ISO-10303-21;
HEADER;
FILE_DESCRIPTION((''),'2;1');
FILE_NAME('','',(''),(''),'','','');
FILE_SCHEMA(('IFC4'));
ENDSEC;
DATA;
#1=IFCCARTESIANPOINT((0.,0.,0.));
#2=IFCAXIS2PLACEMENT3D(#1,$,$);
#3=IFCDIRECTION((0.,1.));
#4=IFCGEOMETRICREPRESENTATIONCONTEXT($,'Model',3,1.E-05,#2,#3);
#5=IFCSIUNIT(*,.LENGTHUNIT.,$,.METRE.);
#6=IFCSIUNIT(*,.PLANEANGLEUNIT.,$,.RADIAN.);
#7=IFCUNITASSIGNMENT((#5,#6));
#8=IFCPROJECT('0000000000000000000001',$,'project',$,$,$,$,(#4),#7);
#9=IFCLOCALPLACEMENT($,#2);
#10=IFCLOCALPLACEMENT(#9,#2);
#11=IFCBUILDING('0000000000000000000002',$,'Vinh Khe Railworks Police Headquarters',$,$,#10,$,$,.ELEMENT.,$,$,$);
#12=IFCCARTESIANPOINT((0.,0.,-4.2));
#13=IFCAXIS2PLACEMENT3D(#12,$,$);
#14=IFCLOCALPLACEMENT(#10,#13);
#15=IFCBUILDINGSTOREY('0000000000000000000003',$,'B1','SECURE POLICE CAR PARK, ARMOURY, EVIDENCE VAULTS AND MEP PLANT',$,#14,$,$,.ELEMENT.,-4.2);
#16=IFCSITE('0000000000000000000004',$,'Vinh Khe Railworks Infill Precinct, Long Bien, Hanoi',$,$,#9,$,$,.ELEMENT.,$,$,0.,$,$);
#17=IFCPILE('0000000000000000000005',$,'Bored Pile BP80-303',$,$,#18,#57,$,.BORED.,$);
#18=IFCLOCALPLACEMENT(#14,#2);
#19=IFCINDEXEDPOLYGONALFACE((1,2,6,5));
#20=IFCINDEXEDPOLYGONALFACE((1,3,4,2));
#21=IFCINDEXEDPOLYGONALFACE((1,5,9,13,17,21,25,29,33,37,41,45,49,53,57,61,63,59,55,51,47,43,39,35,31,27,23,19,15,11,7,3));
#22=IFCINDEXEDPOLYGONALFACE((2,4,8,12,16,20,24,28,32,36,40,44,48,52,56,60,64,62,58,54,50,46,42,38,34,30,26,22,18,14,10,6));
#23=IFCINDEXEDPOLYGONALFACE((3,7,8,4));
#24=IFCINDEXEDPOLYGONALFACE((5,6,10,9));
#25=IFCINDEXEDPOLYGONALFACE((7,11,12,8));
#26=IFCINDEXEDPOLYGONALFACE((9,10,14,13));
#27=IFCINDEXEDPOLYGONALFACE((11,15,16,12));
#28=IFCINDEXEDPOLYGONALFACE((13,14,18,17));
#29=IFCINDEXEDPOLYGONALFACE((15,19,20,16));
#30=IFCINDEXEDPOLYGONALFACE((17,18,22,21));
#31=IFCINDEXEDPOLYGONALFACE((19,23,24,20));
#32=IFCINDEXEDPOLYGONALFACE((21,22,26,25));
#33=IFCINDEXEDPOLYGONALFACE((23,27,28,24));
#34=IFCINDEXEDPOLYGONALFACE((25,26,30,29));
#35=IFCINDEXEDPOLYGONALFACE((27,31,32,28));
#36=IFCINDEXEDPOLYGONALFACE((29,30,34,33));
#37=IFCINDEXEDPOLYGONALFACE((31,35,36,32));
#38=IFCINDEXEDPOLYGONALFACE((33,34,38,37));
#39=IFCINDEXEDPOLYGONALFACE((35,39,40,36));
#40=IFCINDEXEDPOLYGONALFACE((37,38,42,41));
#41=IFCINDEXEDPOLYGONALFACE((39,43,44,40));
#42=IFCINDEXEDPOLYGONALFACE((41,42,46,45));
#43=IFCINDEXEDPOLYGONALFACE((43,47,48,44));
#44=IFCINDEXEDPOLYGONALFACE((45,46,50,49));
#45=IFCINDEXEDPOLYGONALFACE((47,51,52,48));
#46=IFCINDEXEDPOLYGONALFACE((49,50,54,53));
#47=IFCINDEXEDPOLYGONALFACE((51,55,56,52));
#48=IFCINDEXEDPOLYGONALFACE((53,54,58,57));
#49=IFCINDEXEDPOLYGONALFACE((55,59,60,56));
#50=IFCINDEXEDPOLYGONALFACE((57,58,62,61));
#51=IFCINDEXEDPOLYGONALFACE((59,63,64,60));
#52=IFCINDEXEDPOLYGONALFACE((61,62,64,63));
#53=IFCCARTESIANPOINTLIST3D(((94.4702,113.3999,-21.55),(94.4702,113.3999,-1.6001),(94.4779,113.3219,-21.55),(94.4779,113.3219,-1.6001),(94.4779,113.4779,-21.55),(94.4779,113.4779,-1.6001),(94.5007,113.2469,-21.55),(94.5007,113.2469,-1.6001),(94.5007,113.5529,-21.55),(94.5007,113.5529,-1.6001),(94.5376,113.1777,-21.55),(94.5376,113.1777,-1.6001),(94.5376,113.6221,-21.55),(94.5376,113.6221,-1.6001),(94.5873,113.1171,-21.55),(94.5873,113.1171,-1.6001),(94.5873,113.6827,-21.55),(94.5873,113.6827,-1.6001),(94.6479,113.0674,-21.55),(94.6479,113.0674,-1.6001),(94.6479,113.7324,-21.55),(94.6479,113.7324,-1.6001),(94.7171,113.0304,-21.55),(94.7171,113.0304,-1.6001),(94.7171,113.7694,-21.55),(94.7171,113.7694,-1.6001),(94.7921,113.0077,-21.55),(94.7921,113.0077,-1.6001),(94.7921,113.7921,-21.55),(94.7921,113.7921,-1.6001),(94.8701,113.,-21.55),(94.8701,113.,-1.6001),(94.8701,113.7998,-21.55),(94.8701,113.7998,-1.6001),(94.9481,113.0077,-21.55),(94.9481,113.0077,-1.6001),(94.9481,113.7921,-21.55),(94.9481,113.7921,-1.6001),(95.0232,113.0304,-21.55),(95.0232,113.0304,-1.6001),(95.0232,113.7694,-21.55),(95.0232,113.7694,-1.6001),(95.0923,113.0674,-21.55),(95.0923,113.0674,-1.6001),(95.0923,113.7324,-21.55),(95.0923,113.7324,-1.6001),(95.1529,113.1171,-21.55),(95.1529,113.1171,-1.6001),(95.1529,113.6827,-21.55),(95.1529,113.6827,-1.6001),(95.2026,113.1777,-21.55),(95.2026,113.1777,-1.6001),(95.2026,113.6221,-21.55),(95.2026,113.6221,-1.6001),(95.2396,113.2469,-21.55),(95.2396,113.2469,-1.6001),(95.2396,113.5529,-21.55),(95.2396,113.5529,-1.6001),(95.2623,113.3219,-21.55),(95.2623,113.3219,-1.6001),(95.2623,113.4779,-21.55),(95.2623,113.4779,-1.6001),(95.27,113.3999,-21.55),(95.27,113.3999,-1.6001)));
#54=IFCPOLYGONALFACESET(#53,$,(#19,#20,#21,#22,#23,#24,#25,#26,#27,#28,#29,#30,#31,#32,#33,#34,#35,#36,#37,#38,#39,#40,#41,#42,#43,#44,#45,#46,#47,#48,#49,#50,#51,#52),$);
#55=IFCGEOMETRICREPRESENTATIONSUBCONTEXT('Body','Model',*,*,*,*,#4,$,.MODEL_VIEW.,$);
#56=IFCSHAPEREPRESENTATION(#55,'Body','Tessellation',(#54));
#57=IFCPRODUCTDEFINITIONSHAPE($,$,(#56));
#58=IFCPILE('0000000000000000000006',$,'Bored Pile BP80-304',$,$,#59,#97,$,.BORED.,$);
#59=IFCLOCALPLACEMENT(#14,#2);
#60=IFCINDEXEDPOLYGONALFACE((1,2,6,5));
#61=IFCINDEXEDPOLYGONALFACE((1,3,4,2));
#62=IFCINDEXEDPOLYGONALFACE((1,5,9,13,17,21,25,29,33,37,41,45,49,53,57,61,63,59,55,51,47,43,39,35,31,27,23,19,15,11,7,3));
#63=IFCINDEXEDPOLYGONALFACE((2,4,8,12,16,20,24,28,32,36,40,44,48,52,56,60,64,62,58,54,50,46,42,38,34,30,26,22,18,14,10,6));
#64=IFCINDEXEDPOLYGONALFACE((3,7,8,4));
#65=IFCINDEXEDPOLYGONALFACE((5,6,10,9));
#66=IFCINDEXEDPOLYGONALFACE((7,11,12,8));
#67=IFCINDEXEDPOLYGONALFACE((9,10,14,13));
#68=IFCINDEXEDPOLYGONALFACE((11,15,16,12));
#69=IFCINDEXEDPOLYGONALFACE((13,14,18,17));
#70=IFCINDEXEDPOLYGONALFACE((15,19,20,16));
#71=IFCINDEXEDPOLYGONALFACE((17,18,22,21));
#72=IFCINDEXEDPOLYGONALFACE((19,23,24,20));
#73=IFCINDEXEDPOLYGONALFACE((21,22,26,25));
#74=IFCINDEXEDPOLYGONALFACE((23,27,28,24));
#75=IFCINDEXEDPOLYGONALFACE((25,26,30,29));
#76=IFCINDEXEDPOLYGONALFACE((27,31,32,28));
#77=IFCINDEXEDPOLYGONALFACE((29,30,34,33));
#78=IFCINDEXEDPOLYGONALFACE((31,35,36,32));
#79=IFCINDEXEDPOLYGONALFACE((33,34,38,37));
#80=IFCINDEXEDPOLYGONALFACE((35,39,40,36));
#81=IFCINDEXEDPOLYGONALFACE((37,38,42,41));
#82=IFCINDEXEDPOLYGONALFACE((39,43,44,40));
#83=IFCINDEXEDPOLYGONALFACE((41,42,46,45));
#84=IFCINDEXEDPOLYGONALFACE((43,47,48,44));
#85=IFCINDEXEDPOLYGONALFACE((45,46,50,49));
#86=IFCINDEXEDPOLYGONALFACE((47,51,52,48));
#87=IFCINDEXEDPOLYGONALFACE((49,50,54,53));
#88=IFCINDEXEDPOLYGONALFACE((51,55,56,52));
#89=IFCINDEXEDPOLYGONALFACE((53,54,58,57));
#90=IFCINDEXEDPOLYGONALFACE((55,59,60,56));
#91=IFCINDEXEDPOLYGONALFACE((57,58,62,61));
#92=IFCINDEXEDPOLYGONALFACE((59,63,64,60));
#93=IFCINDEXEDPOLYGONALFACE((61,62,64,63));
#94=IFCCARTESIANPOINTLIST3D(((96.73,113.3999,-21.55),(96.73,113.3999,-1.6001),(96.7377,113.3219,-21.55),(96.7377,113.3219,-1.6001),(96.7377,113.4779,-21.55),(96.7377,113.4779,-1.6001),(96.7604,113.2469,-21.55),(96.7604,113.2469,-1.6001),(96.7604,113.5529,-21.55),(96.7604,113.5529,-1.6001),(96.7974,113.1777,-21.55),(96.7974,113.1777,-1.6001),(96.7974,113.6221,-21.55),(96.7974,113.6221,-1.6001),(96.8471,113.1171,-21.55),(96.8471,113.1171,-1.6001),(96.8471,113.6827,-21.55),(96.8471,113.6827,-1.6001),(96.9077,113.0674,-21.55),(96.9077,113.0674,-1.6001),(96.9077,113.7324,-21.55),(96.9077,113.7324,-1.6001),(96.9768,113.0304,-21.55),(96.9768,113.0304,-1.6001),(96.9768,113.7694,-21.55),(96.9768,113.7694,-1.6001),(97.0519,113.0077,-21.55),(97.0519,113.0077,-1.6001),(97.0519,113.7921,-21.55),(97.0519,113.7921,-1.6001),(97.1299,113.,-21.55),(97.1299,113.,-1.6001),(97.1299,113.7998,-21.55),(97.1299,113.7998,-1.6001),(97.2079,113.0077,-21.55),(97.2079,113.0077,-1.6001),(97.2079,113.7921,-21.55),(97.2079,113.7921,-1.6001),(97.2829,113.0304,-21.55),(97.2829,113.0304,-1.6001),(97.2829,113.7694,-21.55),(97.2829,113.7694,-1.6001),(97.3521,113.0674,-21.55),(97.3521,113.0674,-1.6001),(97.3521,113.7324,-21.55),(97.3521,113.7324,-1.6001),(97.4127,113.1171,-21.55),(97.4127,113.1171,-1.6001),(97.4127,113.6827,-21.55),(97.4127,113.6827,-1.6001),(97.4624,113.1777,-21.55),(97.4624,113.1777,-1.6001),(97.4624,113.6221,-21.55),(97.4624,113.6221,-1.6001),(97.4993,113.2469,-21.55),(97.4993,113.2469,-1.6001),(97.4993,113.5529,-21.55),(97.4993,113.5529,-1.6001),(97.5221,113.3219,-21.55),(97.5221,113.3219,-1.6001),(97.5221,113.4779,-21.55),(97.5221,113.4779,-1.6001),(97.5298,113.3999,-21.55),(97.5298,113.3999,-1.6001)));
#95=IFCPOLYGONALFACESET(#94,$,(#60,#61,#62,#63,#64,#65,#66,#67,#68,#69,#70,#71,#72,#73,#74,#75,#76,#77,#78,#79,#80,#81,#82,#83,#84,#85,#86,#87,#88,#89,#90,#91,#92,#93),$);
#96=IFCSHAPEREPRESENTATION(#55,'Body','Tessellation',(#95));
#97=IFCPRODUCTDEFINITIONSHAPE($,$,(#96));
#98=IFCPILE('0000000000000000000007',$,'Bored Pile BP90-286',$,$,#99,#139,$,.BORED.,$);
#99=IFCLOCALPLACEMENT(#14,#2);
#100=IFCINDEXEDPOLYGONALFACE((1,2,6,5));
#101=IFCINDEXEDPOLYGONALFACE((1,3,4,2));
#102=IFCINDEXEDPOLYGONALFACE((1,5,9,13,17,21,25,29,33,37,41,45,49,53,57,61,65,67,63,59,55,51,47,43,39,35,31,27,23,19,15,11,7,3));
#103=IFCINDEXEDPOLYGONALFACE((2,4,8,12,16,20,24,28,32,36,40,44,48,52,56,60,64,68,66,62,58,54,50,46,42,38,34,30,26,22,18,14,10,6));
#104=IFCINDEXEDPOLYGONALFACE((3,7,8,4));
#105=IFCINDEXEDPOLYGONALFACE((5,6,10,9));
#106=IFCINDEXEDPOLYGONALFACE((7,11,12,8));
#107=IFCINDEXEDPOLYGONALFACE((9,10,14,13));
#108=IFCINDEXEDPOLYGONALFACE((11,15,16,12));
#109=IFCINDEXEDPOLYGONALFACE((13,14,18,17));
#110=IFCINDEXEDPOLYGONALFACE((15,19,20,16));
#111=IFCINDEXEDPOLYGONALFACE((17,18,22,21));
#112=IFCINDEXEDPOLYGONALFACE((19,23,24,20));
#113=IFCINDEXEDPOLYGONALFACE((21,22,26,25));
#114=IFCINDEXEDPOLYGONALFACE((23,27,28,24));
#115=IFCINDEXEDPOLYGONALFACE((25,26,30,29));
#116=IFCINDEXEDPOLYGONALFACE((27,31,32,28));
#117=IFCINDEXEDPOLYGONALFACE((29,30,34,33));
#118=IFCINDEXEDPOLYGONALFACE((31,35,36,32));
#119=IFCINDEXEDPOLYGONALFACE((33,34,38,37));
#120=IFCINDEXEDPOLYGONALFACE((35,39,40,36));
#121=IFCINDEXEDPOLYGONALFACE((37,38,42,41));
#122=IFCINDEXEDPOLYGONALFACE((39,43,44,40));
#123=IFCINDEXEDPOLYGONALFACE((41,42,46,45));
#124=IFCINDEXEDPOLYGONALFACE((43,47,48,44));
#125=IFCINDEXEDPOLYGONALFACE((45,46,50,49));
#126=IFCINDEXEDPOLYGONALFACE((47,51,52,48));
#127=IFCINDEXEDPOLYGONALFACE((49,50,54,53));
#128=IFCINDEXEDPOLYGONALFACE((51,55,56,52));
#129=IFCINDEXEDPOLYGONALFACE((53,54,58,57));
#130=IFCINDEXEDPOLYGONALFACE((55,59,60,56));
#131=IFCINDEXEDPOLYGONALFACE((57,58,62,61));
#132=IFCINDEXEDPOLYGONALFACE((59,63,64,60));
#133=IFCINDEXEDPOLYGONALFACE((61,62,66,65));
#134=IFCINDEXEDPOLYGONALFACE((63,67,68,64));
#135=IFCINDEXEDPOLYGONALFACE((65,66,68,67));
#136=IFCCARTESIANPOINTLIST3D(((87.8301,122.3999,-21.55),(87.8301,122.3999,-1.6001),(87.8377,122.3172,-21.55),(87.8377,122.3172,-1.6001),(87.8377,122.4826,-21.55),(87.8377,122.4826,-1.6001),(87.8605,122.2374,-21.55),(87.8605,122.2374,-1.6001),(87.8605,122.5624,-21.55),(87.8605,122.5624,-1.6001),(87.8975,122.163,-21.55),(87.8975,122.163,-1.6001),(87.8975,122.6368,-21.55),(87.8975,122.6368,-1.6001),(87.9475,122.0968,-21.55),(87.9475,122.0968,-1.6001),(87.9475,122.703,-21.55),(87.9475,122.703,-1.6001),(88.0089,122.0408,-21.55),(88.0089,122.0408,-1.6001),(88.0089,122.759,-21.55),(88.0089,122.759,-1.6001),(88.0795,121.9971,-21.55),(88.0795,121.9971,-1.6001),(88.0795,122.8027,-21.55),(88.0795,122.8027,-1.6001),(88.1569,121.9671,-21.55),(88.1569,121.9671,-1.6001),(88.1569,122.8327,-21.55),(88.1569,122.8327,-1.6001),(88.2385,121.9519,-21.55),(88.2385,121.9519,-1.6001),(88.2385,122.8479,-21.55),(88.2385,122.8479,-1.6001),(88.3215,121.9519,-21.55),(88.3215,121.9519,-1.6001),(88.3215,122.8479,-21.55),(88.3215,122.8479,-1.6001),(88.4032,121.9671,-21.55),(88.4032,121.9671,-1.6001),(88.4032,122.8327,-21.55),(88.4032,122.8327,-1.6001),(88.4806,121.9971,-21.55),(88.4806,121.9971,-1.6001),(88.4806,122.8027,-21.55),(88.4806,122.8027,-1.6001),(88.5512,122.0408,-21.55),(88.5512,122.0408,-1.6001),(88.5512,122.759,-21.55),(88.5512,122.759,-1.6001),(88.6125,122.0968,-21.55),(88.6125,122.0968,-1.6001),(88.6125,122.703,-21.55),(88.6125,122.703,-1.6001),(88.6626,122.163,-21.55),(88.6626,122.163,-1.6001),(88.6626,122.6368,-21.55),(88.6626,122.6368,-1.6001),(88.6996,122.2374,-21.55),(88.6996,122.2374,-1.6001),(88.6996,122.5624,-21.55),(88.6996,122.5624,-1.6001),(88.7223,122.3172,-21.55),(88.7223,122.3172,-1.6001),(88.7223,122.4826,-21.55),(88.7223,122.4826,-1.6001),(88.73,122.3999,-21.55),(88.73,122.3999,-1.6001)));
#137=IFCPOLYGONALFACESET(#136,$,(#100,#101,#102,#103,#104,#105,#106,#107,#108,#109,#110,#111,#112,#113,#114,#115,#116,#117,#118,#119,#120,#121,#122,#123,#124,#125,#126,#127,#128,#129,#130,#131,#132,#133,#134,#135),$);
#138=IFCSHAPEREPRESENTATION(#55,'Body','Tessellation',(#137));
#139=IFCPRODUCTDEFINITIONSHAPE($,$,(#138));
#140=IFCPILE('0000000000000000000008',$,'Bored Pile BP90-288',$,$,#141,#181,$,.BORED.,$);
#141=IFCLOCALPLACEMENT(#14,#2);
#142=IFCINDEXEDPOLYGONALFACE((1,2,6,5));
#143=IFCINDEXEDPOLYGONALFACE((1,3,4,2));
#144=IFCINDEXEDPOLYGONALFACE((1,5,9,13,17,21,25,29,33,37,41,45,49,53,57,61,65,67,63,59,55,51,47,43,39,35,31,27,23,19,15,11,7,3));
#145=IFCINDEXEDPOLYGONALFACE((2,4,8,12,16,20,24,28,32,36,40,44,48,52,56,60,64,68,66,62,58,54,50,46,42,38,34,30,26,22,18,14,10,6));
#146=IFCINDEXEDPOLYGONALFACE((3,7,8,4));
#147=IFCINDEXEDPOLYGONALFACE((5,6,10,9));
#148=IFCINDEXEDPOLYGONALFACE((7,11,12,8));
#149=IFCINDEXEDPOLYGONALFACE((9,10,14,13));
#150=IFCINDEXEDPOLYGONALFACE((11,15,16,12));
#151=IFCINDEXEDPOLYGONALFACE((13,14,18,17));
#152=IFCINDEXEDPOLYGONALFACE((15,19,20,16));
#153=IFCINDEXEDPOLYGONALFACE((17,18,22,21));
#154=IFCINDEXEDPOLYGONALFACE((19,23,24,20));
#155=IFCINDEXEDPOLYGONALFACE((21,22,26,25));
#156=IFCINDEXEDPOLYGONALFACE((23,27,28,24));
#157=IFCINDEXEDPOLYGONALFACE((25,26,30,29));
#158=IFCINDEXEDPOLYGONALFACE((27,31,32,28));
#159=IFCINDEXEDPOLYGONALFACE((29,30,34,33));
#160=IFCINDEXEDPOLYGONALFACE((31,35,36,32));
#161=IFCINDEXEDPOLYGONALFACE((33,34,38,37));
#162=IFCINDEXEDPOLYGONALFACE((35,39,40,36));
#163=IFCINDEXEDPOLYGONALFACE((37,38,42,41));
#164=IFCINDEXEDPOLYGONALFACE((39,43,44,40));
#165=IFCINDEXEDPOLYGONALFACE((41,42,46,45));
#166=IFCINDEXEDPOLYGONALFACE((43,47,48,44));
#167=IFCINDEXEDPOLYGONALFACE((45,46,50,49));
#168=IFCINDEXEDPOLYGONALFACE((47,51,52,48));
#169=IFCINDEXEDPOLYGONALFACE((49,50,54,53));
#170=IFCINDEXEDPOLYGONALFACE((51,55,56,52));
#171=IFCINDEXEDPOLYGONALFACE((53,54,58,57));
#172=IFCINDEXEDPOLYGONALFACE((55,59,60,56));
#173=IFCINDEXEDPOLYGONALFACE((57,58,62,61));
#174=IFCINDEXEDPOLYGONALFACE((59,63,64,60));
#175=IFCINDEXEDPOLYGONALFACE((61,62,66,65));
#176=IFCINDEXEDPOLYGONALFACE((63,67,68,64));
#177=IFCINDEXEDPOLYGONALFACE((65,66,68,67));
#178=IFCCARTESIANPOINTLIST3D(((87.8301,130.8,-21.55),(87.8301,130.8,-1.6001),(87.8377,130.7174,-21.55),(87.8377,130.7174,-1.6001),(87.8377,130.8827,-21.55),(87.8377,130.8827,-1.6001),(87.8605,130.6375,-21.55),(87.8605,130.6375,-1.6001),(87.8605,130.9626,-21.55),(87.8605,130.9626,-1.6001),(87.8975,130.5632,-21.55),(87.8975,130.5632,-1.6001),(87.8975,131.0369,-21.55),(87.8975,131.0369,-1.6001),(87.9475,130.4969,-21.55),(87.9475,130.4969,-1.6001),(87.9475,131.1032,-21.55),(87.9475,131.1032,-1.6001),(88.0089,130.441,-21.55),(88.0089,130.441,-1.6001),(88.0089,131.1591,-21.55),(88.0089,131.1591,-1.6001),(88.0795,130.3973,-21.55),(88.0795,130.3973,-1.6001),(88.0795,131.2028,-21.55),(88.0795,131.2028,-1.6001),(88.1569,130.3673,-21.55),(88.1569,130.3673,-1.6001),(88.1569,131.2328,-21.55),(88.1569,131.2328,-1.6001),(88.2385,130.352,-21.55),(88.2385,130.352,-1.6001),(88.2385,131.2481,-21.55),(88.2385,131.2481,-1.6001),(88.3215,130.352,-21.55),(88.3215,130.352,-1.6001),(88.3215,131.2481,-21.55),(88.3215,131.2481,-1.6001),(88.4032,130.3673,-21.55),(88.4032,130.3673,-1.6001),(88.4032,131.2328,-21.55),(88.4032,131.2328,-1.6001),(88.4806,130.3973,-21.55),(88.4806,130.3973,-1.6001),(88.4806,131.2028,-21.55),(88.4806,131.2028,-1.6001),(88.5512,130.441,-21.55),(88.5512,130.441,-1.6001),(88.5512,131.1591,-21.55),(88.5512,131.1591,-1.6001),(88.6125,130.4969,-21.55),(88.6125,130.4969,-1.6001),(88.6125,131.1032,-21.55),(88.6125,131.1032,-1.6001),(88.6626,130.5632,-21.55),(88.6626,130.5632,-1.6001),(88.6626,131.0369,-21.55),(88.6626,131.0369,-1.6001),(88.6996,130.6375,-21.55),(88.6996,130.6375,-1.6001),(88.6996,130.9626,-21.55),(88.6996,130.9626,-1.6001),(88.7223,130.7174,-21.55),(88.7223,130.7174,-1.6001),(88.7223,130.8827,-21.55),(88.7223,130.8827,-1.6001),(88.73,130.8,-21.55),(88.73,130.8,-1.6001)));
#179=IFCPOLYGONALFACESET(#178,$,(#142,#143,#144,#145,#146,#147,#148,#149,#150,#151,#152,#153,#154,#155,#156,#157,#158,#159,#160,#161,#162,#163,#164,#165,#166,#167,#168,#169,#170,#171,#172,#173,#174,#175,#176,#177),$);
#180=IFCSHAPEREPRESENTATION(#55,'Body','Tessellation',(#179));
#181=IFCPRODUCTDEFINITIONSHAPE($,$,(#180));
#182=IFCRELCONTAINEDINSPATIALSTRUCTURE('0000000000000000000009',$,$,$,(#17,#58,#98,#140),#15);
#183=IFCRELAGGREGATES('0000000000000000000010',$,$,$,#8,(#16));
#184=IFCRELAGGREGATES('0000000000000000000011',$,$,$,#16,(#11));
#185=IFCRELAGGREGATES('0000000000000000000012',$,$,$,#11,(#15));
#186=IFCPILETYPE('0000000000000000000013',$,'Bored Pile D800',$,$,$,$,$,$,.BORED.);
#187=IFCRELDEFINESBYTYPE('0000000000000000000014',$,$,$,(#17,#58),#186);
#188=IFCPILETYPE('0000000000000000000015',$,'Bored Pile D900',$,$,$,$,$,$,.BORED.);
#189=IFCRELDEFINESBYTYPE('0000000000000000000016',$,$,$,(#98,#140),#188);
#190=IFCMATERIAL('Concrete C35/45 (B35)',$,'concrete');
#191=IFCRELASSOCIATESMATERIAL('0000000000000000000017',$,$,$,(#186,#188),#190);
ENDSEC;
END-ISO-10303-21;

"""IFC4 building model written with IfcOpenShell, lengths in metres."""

from ifc_helpers import new_model, si_unit, direction, frame, origin, origin_2d, place, context, subcontext, project, spatial, circle, extrude, material, material_profile, profile_set, type_object, element, save


model = new_model("IFC4")

# Units and contexts
model_context = context("Model", 3, precision=1e-05, world=origin(), true_north=direction((0.0, 1.0)))
body_context = subcontext(model_context, "Body", "Model", "MODEL_VIEW")
ifc_project = project(units=[si_unit("LENGTHUNIT", "METRE"), si_unit("PLANEANGLEUNIT", "RADIAN")], contexts=[model_context])

# Site, building, storey
site_placement = place(None, origin())
site = spatial("IfcSite", under=ifc_project, at=site_placement, Name="Vinh Khe Railworks Infill Precinct, Long Bien, Hanoi", CompositionType="ELEMENT", RefElevation=0.0)
building_placement = place(site_placement, origin())
building = spatial("IfcBuilding", under=site, at=building_placement, Name="Vinh Khe Railworks Police Headquarters", CompositionType="ELEMENT")
storey_placement = place(building_placement, frame((0.0, 0.0, -4.2)))
storey = spatial("IfcBuildingStorey", under=building, at=storey_placement, Name="B1", Description="SECURE POLICE CAR PARK, ARMOURY, EVIDENCE VAULTS AND MEP PLANT", CompositionType="ELEMENT", Elevation=-4.2)

# Piles
ifc_material_1 = material(Name="Concrete C35/45 (B35)", Category="concrete")
ifc_material_profile_1 = material_profile(ifc_material_1, circle(Radius=0.3999, at=origin_2d()), Name="BORED PILE D800")
ifc_profile_set_1 = profile_set([ifc_material_profile_1], Name="Concrete C35/45 (B35)")
pile_type_1 = type_object("IfcPileType", Name="Bored Pile D800", PredefinedType="BORED", material=ifc_profile_set_1)
for number, where, z_axis, x_axis, name in (
    (1, (94.8701, 113.3999, -1.6001), (0.0, 0.0, -1.0), (1.0, 0.0, 0.0), "Bored Pile BP80-303"),
    (2, (97.1299, 113.3999, -1.6001), (0.0, 0.0, -1.0), (1.0, 0.0, 0.0), "Bored Pile BP80-304"),
):
    element("IfcPile", number, at=place(storey_placement, frame(where, z_axis=z_axis, x_axis=x_axis)), inside=storey, type_object=pile_type_1, Name=name, PredefinedType="BORED", context=body_context, shape_type="SweptSolid", body=[
        extrude(circle(Radius=0.3999, at=origin_2d()), origin(), (0.0, 0.0, 1.0), 19.95),
    ])
ifc_material_profile_2 = material_profile(ifc_material_1, circle(Radius=0.45, at=origin_2d()), Name="BORED PILE D900")
ifc_profile_set_2 = profile_set([ifc_material_profile_2], Name="Concrete C35/45 (B35)")
pile_type_2 = type_object("IfcPileType", Name="Bored Pile D900", PredefinedType="BORED", material=ifc_profile_set_2)
for number, where, z_axis, x_axis, name in (
    (3, (88.28, 122.3999, -1.6001), (0.0, 0.0, -1.0), (1.0, 0.0, 0.0), "Bored Pile BP90-286"),
    (4, (88.28, 130.8, -1.6001), (0.0, 0.0, -1.0), (1.0, 0.0, 0.0), "Bored Pile BP90-288"),
):
    element("IfcPile", number, at=place(storey_placement, frame(where, z_axis=z_axis, x_axis=x_axis)), inside=storey, type_object=pile_type_2, Name=name, PredefinedType="BORED", context=body_context, shape_type="SweptSolid", body=[
        extrude(circle(Radius=0.45, at=origin_2d()), origin(), (0.0, 0.0, 1.0), 19.95),
    ])

save(model, "model.ifc")
